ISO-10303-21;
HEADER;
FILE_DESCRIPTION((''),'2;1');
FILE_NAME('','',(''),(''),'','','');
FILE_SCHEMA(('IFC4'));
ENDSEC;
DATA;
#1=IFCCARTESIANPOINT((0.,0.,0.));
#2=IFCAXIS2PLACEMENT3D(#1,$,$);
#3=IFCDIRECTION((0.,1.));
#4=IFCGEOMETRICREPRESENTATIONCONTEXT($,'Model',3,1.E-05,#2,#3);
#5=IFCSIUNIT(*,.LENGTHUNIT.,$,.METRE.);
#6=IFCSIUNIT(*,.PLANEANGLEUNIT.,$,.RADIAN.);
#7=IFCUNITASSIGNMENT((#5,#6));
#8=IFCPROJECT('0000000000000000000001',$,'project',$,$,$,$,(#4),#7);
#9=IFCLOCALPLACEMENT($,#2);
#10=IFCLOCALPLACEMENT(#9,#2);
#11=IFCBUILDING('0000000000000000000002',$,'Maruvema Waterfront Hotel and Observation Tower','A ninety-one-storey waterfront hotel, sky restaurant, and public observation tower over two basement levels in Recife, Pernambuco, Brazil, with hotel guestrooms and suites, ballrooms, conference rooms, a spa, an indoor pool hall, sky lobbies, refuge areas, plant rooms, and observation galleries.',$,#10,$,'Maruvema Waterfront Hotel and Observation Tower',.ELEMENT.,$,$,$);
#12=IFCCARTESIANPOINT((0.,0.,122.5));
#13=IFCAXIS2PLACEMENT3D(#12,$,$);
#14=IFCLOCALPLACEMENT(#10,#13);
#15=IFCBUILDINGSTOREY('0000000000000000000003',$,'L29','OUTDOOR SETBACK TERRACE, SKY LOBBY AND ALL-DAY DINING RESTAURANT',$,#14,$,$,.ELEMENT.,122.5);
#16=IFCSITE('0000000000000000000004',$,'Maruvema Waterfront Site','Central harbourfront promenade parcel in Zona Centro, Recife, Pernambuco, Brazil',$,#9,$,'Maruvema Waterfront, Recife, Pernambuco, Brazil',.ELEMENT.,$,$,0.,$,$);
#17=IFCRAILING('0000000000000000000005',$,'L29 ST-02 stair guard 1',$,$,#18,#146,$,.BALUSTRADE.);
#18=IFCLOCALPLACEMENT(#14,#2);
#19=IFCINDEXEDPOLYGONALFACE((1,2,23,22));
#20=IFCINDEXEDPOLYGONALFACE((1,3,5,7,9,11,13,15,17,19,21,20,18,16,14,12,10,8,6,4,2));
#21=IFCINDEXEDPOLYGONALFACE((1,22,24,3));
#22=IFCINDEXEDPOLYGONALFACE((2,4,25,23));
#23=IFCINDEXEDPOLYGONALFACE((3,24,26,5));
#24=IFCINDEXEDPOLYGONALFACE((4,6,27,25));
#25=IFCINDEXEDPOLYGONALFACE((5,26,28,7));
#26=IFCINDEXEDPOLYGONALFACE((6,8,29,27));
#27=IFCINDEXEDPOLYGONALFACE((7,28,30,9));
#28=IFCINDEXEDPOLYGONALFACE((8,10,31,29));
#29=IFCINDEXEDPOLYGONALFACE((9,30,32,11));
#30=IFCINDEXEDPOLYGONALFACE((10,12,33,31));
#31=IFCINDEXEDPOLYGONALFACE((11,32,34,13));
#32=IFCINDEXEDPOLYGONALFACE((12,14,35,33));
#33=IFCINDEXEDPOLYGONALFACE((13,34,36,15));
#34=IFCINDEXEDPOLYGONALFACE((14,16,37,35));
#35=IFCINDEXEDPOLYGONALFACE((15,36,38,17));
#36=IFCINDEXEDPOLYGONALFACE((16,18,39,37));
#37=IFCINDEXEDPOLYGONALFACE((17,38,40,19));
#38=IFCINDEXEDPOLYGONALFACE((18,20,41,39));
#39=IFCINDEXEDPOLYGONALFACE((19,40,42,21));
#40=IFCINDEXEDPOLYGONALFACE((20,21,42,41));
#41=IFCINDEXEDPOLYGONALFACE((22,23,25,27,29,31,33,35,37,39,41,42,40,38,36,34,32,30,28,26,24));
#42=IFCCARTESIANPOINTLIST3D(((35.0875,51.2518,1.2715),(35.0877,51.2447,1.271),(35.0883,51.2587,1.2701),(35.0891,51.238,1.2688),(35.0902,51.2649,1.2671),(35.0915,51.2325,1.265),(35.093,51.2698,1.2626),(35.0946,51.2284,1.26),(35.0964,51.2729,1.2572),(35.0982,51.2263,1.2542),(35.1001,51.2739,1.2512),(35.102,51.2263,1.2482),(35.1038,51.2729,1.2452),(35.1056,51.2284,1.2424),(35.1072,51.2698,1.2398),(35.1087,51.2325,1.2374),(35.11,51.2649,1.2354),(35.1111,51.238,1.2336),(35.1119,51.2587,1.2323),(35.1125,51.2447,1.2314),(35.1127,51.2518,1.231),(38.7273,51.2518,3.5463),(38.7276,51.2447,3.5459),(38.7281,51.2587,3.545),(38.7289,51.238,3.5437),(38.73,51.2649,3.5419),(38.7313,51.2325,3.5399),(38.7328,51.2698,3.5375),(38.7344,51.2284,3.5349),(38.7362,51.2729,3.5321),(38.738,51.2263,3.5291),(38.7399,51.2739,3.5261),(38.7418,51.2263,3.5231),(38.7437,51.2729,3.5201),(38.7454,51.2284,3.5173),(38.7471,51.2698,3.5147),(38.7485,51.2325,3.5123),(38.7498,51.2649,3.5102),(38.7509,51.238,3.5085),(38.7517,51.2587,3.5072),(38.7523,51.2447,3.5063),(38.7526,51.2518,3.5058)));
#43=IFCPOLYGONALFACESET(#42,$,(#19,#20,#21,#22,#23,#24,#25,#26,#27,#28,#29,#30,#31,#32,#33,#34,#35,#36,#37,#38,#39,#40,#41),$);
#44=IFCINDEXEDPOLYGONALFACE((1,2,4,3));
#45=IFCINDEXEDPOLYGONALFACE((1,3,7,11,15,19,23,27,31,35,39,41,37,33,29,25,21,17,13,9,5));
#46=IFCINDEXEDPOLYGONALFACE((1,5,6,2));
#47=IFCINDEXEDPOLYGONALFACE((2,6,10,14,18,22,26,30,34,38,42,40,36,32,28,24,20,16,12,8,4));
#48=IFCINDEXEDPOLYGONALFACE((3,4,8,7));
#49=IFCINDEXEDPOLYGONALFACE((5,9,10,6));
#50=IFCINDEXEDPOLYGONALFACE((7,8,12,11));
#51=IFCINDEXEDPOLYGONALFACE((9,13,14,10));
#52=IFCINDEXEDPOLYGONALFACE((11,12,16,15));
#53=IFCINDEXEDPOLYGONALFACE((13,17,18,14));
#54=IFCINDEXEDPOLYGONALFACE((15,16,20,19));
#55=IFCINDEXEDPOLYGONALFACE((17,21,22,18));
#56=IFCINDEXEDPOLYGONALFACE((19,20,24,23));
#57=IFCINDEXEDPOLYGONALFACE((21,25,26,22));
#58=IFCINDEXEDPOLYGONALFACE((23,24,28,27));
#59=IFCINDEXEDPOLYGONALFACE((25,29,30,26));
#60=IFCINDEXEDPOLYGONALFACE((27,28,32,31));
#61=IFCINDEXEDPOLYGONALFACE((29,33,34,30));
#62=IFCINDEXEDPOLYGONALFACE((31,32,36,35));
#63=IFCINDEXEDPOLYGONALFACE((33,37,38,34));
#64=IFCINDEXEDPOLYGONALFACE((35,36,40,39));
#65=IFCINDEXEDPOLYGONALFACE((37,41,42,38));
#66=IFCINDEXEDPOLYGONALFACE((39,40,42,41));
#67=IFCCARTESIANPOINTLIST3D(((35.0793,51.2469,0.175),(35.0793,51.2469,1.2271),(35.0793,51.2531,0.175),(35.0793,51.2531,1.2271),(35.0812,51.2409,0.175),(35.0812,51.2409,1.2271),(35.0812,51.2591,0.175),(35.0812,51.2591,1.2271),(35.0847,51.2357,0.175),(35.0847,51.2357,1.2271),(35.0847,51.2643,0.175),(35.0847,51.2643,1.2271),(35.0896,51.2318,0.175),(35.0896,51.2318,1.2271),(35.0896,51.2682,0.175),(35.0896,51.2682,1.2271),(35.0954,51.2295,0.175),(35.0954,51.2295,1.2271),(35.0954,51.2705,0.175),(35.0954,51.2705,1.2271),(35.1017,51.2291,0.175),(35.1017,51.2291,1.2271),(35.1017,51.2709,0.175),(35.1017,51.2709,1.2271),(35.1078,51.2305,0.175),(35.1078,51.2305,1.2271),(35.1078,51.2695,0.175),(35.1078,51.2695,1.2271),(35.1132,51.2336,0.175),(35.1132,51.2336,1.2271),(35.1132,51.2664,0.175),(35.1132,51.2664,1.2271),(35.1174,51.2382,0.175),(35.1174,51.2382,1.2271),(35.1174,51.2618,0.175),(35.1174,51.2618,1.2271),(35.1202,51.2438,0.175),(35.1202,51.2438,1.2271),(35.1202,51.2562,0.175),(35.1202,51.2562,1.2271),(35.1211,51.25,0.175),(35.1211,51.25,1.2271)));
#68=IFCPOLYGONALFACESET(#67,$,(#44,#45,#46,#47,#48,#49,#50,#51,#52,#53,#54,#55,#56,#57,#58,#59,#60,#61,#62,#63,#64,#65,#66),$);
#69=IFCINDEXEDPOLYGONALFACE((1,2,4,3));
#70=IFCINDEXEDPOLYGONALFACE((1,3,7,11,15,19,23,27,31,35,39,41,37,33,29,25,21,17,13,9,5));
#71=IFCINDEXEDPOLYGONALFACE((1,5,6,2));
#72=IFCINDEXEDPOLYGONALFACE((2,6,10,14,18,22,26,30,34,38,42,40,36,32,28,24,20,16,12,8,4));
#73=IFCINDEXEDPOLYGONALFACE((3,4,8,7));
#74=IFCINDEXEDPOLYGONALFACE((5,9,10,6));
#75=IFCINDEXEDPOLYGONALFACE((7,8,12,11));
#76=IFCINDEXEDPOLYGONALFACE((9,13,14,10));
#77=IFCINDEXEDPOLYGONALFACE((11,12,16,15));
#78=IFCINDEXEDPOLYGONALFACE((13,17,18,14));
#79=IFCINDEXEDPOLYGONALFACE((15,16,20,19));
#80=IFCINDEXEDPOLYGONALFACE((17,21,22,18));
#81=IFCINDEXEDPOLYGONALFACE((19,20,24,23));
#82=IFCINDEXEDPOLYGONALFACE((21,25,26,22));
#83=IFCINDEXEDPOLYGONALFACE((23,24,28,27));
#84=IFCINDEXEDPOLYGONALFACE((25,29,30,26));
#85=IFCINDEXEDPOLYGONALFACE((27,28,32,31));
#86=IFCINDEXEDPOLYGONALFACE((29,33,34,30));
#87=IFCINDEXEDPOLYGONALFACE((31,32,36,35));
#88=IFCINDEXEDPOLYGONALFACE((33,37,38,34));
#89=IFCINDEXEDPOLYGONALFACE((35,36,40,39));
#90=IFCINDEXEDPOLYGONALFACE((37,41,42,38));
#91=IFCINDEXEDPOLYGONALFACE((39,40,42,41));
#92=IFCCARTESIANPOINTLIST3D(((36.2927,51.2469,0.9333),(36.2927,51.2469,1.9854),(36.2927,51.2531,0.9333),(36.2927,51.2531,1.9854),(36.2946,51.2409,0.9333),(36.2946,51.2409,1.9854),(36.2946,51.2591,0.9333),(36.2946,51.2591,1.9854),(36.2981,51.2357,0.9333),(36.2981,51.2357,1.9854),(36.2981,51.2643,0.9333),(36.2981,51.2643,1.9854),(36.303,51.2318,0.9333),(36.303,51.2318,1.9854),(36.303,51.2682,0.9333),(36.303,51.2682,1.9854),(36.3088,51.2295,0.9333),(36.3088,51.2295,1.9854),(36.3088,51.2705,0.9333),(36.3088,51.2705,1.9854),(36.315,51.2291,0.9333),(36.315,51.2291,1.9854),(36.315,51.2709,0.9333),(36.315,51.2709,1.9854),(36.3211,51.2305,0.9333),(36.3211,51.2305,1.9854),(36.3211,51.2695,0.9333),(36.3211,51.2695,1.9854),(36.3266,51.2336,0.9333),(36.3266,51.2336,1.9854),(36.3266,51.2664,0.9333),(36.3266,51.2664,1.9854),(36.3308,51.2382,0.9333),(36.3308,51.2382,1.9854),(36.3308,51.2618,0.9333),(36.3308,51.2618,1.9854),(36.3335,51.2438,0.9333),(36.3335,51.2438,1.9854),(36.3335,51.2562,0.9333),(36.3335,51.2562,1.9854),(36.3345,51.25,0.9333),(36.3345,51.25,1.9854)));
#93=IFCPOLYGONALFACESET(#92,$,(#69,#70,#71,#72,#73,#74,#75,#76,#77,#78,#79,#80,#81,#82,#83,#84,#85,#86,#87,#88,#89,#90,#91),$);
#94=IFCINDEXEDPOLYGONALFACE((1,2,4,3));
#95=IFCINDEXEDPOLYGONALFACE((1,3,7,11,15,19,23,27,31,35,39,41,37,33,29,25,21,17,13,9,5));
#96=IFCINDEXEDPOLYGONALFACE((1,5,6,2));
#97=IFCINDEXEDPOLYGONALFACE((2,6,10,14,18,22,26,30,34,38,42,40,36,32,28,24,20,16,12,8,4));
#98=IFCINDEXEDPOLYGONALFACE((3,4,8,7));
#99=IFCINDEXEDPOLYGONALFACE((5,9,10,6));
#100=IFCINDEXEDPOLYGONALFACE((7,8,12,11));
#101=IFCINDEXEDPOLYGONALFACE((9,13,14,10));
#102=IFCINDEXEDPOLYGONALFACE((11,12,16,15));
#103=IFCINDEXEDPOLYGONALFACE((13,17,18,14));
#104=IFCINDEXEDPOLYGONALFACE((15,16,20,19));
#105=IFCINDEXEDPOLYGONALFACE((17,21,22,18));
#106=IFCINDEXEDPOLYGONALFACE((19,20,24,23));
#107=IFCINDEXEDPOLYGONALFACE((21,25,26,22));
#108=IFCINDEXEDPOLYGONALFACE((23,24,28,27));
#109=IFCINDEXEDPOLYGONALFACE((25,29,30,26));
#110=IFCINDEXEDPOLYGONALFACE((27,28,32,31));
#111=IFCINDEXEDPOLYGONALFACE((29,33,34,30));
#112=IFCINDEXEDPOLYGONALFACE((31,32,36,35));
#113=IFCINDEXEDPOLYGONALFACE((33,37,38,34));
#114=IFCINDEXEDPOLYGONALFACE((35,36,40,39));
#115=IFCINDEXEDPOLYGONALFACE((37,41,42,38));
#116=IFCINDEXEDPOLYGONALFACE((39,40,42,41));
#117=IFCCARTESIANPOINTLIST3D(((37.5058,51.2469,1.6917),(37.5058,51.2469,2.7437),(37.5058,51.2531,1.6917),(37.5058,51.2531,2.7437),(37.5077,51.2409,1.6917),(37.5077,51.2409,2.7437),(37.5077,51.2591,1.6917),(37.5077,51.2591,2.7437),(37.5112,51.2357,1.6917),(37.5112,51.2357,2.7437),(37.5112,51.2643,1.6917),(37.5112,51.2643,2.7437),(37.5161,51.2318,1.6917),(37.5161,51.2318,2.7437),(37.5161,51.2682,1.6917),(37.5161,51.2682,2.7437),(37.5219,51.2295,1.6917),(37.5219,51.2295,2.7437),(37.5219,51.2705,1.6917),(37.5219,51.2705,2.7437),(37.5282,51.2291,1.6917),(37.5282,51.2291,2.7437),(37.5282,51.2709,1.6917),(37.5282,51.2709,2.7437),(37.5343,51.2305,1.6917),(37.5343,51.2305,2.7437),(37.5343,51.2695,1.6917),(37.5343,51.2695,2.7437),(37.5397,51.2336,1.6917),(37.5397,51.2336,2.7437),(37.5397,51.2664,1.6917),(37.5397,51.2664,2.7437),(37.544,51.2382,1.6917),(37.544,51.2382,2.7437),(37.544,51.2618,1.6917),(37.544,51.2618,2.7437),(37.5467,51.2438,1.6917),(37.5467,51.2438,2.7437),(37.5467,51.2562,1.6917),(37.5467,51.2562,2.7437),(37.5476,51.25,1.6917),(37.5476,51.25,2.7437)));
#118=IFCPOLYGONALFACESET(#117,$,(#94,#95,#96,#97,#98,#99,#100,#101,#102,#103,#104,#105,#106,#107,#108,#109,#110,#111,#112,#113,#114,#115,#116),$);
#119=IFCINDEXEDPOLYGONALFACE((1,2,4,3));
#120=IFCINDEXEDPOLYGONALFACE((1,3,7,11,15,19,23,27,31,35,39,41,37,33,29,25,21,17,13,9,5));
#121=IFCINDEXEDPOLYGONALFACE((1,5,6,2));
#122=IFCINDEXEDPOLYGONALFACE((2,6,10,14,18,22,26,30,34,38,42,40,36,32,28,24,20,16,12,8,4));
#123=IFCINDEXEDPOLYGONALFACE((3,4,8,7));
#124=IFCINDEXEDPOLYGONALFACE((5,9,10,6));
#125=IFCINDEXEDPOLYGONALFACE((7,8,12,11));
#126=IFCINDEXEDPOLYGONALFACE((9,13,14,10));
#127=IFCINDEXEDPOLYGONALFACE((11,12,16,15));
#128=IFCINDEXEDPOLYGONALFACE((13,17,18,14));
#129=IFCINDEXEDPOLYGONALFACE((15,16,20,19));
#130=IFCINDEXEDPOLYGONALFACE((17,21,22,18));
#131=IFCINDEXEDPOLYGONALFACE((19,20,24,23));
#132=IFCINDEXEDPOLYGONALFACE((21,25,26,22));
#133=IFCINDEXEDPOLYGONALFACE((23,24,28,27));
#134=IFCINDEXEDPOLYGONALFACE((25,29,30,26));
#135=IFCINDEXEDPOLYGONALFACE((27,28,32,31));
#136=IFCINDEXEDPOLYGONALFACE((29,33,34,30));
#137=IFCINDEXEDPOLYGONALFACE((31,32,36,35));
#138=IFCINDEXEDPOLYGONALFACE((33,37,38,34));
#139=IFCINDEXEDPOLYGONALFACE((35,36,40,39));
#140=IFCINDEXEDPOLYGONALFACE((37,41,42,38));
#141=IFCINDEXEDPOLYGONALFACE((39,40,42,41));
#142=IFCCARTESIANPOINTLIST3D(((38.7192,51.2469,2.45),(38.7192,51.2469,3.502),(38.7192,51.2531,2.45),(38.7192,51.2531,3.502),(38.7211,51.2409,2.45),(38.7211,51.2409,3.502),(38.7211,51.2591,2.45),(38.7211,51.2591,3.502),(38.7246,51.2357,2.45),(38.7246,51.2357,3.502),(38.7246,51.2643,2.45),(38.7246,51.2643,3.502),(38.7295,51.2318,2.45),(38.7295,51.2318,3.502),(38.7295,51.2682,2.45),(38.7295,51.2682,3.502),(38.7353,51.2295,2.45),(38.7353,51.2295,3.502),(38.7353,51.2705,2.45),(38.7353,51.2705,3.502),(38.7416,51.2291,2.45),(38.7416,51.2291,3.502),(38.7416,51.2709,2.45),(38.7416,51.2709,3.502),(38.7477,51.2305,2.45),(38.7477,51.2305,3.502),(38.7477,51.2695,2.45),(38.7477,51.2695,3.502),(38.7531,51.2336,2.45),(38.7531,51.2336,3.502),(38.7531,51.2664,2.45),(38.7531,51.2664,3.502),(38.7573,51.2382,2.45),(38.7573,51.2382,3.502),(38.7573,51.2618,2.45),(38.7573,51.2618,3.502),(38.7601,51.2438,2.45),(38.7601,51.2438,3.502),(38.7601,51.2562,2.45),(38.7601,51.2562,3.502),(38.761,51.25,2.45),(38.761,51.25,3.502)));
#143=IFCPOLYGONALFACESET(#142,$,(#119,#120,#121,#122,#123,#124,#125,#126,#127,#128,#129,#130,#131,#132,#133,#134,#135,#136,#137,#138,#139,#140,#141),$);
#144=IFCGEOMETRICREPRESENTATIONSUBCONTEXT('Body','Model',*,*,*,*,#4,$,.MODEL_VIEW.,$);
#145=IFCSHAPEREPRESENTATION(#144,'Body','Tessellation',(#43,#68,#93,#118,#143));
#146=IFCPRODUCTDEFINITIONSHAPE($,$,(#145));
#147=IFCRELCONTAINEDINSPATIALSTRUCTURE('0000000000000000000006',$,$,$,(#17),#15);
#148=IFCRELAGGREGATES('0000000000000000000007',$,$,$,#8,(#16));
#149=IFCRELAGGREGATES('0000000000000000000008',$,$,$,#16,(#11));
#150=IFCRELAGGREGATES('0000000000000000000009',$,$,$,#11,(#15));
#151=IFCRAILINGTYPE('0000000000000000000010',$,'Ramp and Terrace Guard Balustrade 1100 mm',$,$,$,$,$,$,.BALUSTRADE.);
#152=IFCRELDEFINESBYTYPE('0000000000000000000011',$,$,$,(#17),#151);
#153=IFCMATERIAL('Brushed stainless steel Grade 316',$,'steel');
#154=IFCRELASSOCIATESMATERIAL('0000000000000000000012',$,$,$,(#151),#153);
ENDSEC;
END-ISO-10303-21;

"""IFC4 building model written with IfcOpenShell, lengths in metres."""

from ifc_helpers import new_model, si_unit, direction, frame, origin, origin_2d, place, context, subcontext, project, spatial, circle, extrude, material, type_object, element, save


model = new_model("IFC4")

# Units and contexts
model_context = context("Model", 3, precision=1e-05, world=origin(), true_north=direction((0.0, 1.0)))
body_context = subcontext(model_context, "Body", "Model", "MODEL_VIEW")
ifc_project = project(units=[si_unit("LENGTHUNIT", "METRE"), si_unit("PLANEANGLEUNIT", "RADIAN")], contexts=[model_context])

# Site, building, storey
site_placement = place(None, origin())
site = spatial("IfcSite", under=ifc_project, at=site_placement, Name="Maruvema Waterfront Site", Description="Central harbourfront promenade parcel in Zona Centro, Recife, Pernambuco, Brazil", LongName="Maruvema Waterfront, Recife, Pernambuco, Brazil", CompositionType="ELEMENT", RefElevation=0.0)
building_placement = place(site_placement, origin())
building = spatial("IfcBuilding", under=site, at=building_placement, Name="Maruvema Waterfront Hotel and Observation Tower", Description="A ninety-one-storey waterfront hotel, sky restaurant, and public observation tower over two basement levels in Recife, Pernambuco, Brazil, with hotel guestrooms and suites, ballrooms, conference rooms, a spa, an indoor pool hall, sky lobbies, refuge areas, plant rooms, and observation galleries.", LongName="Maruvema Waterfront Hotel and Observation Tower", CompositionType="ELEMENT")
storey_placement = place(building_placement, frame((0.0, 0.0, 122.5)))
storey = spatial("IfcBuildingStorey", under=building, at=storey_placement, Name="L29", Description="OUTDOOR SETBACK TERRACE, SKY LOBBY AND ALL-DAY DINING RESTAURANT", CompositionType="ELEMENT", Elevation=122.5)

# Railing
ifc_material_1 = material(Name="Brushed stainless steel Grade 316", Category="steel")
railing_type_1 = type_object("IfcRailingType", Name="Ramp and Terrace Guard Balustrade 1100 mm", PredefinedType="BALUSTRADE", material=ifc_material_1)
railing_1_placement = place(storey_placement, frame((35.1001, 51.25, 0.175)))
element("IfcRailing", 1, at=railing_1_placement, inside=storey, type_object=railing_type_1, Name="L29 ST-02 stair guard 1", PredefinedType="BALUSTRADE", context=body_context, shape_type="SweptSolid", body=[
    extrude(circle(Radius=0.0239, at=origin_2d()), frame((0.0, 0.0, 1.0762), z_axis=(0.848001, 0.0, 0.529994), x_axis=(0.0, 1.0, 0.0)), (0.0, 0.0, 1.0), 4.2922),
    extrude(circle(Radius=0.021, at=origin_2d()), origin(), (0.0, 0.0, 1.0), 1.052),
    extrude(circle(Radius=0.021, at=origin_2d()), frame((1.2134, 0.0, 0.7583)), (0.0, 0.0, 1.0), 1.052),
    extrude(circle(Radius=0.021, at=origin_2d()), frame((2.4265, 0.0, 1.5166)), (0.0, 0.0, 1.0), 1.052),
    extrude(circle(Radius=0.021, at=origin_2d()), frame((3.6399, 0.0, 2.2749)), (0.0, 0.0, 1.0), 1.052),
])

save(model, "model.ifc")
